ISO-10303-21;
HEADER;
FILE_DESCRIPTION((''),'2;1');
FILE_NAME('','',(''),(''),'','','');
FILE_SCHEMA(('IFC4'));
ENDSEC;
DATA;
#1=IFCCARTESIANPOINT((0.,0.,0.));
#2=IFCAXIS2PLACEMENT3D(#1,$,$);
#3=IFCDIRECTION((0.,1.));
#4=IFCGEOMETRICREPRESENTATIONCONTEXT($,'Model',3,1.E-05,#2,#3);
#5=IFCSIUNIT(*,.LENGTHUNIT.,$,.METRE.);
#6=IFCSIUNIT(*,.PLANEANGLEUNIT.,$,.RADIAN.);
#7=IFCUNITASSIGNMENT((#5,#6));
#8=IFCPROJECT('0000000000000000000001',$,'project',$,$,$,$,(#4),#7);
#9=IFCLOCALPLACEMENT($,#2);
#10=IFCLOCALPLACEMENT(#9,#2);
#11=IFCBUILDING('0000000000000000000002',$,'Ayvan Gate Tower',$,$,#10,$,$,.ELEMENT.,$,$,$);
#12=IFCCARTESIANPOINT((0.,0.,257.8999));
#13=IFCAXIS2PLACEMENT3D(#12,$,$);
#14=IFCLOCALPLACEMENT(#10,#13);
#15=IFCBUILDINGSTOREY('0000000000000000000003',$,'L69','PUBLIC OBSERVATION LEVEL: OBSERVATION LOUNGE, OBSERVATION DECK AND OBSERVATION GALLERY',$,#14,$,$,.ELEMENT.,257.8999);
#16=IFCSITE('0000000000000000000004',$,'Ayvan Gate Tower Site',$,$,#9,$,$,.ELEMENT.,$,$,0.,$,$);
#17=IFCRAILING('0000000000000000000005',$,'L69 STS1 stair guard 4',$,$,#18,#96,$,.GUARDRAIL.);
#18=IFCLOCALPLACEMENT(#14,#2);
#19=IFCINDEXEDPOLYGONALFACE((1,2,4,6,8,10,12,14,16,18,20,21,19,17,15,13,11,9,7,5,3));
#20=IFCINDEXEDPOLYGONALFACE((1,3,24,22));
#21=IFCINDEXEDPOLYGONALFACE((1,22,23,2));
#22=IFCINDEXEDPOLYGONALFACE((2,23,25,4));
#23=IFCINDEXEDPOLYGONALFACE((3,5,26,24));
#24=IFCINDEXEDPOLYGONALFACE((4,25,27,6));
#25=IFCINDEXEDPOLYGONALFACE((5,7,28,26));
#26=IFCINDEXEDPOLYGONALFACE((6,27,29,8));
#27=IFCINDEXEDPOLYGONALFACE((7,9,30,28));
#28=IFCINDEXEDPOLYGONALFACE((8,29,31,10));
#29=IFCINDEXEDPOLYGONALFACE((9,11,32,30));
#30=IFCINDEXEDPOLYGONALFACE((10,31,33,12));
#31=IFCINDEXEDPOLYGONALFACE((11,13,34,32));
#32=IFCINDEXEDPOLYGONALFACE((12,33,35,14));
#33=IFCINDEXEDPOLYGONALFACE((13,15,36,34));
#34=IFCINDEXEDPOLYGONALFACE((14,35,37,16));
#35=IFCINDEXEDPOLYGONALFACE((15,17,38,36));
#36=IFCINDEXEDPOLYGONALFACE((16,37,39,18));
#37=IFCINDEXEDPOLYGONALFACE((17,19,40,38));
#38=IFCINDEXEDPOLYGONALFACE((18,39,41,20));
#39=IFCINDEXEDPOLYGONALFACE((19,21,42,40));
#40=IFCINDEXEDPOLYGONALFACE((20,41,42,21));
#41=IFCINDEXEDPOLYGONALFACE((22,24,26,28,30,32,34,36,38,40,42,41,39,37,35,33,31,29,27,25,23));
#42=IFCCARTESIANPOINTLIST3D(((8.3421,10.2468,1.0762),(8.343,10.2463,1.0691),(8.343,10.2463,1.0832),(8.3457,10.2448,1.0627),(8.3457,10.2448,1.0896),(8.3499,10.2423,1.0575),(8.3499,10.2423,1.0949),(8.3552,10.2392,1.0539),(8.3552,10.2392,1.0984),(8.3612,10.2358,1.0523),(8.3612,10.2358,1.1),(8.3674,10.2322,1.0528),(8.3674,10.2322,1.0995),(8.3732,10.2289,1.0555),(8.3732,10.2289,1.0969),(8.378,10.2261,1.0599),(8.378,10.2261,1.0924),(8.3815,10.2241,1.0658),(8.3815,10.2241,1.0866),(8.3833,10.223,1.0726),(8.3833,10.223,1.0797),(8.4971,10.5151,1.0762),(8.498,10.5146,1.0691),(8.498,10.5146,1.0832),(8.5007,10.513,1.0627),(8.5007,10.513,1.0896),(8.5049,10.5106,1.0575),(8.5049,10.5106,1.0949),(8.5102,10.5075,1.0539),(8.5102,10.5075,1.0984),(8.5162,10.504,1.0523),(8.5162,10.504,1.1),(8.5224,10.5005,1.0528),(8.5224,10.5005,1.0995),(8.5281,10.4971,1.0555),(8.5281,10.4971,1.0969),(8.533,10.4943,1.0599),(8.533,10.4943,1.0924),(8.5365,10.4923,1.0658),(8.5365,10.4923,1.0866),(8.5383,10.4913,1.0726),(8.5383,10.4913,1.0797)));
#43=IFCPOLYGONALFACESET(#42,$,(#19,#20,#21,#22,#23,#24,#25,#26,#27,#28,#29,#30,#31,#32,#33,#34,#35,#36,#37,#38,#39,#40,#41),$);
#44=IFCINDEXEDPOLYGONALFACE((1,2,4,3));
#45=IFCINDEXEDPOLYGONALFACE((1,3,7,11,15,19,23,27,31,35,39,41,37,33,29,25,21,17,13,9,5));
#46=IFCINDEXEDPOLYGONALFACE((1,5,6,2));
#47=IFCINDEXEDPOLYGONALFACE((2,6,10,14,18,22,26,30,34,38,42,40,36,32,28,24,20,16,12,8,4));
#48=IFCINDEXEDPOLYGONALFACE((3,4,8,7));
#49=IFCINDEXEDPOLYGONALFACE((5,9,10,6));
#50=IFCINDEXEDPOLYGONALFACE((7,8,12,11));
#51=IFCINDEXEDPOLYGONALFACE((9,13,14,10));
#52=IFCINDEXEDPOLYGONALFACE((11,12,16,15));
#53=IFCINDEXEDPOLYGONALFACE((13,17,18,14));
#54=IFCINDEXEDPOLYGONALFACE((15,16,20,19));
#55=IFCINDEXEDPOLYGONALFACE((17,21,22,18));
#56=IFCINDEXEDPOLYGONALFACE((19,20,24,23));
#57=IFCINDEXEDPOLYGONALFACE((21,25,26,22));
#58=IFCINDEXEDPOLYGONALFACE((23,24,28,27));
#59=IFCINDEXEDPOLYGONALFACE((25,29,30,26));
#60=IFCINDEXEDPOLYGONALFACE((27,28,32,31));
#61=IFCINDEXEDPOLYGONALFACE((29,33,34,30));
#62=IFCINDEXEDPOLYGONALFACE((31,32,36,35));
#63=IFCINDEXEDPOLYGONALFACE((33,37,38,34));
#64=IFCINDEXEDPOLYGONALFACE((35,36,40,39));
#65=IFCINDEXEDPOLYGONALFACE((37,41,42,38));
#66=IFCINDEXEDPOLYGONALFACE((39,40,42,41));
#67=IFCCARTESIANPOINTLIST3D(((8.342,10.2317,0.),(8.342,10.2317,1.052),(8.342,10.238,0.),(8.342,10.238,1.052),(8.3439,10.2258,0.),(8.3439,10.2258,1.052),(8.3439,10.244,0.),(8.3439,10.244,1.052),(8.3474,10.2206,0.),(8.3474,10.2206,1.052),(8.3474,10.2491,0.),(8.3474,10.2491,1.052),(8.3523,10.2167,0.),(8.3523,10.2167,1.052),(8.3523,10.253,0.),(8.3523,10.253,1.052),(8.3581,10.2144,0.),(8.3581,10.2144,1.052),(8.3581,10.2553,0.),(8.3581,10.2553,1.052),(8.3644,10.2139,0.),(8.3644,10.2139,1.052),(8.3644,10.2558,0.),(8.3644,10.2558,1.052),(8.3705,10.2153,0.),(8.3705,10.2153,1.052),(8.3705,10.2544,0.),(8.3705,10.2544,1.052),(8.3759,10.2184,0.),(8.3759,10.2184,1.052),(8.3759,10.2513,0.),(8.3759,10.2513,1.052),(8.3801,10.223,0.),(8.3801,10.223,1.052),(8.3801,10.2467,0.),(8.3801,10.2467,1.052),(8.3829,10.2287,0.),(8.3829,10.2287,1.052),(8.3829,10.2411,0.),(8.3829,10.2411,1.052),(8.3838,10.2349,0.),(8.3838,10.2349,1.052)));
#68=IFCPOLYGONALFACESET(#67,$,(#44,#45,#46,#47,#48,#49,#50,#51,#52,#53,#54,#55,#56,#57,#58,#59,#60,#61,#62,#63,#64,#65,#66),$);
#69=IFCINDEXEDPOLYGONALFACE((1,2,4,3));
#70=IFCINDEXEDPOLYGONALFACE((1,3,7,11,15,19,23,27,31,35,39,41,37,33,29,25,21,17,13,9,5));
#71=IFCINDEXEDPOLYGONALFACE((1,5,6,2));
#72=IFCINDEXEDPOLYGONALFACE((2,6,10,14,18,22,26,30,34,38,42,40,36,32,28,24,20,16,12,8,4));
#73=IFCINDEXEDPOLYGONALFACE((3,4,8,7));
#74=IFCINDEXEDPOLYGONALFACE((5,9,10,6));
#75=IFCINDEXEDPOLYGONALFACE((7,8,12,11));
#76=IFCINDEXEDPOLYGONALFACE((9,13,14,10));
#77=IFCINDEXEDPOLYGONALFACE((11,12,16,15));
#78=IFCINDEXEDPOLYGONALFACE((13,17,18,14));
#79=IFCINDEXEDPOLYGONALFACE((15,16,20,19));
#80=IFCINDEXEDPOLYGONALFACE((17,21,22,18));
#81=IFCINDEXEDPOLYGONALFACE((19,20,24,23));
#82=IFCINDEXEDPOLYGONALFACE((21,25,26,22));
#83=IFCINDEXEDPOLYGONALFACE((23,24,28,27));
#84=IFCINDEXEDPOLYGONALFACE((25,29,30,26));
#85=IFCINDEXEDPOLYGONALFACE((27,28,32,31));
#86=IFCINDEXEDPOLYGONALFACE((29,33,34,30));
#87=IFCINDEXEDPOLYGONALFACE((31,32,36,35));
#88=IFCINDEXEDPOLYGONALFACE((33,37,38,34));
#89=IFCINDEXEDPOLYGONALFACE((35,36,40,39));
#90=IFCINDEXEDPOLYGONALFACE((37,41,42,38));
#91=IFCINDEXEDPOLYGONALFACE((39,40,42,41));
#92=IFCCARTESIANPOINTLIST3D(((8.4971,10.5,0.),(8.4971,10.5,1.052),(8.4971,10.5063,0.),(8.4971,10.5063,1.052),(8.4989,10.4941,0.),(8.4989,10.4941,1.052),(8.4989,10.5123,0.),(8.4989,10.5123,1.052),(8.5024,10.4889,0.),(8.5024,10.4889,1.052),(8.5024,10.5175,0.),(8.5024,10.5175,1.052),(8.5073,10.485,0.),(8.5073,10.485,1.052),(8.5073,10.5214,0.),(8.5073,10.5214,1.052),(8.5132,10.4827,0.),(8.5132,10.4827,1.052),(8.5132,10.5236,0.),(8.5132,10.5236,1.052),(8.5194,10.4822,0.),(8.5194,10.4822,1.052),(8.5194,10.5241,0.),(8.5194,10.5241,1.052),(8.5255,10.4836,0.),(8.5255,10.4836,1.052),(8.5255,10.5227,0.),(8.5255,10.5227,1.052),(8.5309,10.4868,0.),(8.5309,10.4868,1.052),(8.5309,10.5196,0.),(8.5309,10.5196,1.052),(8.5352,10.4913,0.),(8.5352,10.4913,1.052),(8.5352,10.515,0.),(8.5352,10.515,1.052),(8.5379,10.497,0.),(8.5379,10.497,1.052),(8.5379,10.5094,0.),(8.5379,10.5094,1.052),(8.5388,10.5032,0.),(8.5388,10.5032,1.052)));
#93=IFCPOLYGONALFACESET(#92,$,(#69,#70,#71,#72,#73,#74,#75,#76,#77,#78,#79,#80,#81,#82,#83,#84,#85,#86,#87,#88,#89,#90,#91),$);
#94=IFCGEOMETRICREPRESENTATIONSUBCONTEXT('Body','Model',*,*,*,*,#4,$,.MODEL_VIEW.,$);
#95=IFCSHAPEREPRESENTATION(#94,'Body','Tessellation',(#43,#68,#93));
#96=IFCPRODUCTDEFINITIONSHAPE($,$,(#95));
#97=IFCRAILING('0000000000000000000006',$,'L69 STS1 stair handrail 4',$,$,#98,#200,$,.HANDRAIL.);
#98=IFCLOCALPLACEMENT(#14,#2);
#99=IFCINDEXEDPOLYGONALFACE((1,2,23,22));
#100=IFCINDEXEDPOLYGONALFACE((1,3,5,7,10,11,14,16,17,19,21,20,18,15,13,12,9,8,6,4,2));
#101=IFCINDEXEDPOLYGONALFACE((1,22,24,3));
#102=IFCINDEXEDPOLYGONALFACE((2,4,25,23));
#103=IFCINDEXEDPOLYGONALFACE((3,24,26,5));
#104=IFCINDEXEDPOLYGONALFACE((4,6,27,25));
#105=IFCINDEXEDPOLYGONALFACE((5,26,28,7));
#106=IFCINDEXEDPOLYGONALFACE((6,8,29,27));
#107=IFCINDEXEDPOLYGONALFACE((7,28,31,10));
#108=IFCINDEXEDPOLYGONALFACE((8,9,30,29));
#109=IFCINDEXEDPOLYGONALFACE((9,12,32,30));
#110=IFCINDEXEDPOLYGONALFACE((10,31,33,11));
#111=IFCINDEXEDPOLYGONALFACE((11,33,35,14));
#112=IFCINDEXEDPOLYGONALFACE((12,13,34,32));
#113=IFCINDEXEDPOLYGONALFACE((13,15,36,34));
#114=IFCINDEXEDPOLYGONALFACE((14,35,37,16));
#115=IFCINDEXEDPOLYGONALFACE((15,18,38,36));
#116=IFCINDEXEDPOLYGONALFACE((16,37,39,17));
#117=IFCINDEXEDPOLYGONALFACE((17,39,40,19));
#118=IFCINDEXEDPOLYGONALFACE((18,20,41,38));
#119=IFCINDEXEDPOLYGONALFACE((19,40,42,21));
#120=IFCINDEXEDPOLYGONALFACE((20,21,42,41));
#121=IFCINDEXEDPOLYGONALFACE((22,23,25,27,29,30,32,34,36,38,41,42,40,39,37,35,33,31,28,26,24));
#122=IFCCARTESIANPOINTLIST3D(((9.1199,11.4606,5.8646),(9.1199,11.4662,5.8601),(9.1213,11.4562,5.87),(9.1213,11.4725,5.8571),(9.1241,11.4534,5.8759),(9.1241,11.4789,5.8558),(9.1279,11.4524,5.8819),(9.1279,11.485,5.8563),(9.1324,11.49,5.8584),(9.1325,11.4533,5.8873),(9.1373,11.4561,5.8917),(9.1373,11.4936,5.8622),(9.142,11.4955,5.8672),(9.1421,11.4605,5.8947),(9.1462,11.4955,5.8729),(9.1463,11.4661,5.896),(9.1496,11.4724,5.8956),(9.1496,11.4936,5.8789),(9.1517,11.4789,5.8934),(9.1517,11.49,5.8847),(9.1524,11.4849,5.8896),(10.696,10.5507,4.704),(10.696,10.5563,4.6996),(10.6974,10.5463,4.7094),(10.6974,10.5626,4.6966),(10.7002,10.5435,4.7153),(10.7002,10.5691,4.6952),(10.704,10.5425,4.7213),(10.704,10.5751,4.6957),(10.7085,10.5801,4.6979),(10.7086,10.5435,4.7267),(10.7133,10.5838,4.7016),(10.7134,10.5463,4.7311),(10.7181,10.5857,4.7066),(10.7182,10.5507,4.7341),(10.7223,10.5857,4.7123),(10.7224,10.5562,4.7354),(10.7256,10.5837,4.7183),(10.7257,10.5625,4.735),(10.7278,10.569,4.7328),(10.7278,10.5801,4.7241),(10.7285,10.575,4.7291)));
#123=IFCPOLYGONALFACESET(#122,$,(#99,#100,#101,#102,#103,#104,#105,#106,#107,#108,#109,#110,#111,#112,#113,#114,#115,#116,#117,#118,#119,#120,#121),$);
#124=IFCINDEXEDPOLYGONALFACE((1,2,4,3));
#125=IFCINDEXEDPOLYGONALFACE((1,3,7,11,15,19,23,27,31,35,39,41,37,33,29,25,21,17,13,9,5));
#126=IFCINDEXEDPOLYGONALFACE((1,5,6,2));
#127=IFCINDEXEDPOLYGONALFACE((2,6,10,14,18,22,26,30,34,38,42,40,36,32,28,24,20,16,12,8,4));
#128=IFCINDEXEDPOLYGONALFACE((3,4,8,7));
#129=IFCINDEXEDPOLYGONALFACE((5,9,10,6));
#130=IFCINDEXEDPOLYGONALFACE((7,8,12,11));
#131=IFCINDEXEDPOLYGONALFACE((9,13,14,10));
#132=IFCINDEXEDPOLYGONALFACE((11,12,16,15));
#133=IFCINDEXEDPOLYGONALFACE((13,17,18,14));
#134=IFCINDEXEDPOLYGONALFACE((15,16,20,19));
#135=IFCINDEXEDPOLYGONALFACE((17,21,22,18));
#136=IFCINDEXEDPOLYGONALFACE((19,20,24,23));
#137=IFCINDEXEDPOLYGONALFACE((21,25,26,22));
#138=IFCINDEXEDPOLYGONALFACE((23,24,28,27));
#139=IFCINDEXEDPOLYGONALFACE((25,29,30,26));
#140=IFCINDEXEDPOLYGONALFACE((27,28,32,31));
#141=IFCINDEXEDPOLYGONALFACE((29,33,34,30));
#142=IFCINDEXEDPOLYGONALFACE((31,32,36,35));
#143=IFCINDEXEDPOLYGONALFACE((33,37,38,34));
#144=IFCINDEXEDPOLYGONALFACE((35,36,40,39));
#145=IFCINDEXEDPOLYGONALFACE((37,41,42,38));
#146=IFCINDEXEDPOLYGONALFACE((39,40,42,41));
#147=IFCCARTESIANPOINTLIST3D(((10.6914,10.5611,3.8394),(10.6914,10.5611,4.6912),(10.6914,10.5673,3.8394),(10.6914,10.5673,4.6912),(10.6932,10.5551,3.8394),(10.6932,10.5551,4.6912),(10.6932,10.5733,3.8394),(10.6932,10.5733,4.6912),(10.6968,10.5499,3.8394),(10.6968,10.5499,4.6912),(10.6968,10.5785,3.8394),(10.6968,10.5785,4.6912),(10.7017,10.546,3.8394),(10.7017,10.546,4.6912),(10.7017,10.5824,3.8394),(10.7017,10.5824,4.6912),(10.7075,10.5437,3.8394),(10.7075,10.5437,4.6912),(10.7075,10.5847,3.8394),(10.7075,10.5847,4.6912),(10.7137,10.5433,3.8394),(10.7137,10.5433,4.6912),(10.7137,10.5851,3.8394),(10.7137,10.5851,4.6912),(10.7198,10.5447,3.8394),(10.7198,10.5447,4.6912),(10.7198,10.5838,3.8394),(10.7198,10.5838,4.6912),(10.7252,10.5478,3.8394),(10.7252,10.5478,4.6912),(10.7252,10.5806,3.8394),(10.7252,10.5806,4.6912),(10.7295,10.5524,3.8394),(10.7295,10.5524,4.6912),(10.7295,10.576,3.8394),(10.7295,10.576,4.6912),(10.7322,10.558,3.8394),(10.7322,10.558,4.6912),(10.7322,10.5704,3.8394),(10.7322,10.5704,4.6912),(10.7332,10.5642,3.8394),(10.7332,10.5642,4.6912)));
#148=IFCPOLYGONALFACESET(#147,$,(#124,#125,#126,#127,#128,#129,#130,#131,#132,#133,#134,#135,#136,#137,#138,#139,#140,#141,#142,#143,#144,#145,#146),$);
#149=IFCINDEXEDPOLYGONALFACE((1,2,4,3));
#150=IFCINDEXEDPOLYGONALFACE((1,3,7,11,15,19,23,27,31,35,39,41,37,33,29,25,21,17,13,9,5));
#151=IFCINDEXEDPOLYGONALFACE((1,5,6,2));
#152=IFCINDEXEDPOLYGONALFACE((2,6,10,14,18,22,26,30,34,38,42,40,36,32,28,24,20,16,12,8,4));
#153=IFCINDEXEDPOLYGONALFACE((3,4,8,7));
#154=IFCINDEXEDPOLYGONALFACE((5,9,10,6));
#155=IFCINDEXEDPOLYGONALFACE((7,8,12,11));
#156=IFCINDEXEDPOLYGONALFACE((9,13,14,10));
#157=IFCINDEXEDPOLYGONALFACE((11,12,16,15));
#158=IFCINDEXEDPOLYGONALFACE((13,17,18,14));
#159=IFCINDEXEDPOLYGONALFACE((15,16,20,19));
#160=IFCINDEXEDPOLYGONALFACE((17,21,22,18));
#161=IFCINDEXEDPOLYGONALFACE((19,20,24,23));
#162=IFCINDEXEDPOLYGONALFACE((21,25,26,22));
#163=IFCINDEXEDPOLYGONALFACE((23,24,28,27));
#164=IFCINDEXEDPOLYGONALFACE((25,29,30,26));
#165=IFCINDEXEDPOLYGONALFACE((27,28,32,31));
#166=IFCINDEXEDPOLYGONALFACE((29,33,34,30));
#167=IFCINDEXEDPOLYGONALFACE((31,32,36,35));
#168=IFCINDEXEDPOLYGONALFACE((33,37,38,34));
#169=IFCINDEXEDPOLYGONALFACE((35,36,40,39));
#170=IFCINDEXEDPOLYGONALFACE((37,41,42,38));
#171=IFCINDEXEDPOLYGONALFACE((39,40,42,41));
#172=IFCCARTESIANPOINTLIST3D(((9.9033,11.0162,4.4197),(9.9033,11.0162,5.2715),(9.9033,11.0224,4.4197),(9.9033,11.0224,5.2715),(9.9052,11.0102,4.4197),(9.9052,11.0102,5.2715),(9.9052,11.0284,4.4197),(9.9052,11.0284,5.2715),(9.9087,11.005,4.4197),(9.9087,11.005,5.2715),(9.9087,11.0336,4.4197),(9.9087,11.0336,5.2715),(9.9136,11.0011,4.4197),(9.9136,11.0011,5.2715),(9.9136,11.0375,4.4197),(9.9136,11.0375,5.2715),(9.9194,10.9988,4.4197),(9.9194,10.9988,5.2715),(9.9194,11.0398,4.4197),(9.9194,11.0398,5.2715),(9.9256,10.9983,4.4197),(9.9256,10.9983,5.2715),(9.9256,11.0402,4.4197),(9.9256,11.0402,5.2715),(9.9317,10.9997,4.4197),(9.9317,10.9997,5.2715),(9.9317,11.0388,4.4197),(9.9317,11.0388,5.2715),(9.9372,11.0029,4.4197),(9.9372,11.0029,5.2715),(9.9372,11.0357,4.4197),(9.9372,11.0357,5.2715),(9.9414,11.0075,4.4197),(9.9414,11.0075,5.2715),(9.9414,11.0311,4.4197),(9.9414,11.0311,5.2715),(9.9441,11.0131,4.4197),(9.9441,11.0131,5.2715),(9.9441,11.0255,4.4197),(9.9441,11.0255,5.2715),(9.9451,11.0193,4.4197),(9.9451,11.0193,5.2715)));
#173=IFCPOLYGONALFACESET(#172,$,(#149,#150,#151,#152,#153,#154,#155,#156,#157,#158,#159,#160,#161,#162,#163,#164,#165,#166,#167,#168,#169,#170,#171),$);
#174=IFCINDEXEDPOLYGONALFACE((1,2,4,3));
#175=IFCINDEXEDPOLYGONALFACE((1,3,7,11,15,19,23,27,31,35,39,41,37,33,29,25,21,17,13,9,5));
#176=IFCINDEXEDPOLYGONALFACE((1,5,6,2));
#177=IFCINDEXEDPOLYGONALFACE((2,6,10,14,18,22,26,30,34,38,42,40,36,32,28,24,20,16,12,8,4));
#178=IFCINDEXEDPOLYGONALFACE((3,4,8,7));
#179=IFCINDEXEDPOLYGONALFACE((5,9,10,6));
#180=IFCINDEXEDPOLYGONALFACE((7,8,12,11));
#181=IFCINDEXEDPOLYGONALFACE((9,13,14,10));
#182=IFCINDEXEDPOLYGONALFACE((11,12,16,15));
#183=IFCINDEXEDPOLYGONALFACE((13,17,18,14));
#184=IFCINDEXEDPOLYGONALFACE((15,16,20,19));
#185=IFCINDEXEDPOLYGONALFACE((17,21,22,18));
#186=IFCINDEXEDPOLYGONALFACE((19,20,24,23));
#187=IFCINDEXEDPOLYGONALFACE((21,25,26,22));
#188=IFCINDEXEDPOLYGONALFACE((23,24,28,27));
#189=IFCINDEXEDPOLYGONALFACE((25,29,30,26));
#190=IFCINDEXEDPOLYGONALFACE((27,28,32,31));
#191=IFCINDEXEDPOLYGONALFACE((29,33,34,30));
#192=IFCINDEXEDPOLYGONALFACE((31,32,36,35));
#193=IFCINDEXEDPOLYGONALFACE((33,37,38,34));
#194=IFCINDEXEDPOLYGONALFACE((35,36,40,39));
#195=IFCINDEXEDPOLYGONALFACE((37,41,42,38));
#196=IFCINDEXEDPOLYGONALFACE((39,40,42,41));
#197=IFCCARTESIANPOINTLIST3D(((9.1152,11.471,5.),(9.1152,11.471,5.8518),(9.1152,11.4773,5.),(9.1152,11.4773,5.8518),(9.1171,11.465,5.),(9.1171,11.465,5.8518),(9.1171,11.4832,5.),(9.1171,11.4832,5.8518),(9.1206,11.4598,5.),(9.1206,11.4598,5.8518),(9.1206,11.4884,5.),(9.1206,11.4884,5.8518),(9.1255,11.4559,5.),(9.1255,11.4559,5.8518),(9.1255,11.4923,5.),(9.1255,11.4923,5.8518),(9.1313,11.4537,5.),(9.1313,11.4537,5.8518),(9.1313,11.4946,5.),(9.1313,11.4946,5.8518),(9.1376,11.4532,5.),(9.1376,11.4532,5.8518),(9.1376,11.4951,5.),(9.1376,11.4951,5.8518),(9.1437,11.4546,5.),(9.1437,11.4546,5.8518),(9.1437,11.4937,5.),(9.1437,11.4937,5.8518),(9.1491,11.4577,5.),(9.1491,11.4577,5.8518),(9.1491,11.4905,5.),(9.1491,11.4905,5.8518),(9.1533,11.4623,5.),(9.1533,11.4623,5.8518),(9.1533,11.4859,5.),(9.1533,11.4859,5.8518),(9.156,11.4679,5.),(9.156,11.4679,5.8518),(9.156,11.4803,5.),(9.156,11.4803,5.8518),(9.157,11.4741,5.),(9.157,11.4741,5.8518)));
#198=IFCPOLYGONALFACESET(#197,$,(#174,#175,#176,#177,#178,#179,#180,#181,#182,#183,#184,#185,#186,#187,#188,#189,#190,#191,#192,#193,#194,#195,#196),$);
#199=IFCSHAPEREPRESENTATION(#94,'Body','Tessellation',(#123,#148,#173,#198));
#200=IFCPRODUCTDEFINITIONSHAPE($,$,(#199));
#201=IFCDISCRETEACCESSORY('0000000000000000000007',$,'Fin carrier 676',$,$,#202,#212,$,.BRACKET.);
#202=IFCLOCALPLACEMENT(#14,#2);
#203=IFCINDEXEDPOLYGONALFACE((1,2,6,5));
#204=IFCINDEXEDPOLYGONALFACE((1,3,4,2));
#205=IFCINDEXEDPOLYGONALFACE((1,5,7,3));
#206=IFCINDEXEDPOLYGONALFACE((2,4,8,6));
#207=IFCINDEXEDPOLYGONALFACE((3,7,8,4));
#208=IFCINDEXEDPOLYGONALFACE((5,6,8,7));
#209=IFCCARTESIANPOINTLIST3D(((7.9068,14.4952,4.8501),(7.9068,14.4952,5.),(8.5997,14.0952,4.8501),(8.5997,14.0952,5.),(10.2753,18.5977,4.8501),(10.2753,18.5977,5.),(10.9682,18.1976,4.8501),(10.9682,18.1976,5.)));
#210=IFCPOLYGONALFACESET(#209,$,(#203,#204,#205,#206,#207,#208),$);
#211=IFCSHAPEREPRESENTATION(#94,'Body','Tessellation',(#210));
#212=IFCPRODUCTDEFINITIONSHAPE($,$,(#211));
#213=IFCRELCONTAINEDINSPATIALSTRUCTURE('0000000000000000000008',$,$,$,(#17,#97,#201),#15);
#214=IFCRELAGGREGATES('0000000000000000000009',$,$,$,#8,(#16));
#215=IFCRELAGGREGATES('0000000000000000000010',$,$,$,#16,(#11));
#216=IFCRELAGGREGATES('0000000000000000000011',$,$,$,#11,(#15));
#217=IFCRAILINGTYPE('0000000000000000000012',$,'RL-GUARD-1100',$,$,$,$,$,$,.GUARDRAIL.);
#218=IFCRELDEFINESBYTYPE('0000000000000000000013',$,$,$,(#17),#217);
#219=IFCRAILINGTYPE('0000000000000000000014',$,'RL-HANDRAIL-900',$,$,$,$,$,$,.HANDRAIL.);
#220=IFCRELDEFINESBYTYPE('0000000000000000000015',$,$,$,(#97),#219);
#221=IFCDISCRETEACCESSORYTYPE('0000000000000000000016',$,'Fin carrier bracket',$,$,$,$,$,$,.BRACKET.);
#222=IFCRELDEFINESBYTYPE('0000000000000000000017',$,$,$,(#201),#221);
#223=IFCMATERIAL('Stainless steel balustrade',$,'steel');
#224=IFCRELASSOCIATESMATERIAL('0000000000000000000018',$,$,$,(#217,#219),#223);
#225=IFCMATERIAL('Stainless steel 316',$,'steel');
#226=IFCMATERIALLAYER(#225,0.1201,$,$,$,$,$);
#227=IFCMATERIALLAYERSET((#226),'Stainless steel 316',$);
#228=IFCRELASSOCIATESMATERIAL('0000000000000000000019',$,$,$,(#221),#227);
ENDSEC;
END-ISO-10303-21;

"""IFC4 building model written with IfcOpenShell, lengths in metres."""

from ifc_helpers import new_model, si_unit, direction, frame, origin, origin_2d, place, context, subcontext, project, spatial, rectangle, circle, extrude, material, layer, layer_set, type_object, element, save


model = new_model("IFC4")

# Units and contexts
model_context = context("Model", 3, precision=1e-05, world=origin(), true_north=direction((0.0, 1.0)))
body_context = subcontext(model_context, "Body", "Model", "MODEL_VIEW")
ifc_project = project(units=[si_unit("LENGTHUNIT", "METRE"), si_unit("PLANEANGLEUNIT", "RADIAN")], contexts=[model_context])

# Site, building, storey
site_placement = place(None, origin())
site = spatial("IfcSite", under=ifc_project, at=site_placement, Name="Ayvan Gate Tower Site", CompositionType="ELEMENT", RefElevation=0.0)
building_placement = place(site_placement, origin())
building = spatial("IfcBuilding", under=site, at=building_placement, Name="Ayvan Gate Tower", CompositionType="ELEMENT")
storey_placement = place(building_placement, frame((0.0, 0.0, 257.8999)))
storey = spatial("IfcBuildingStorey", under=building, at=storey_placement, Name="L69", Description="PUBLIC OBSERVATION LEVEL: OBSERVATION LOUNGE, OBSERVATION DECK AND OBSERVATION GALLERY", CompositionType="ELEMENT", Elevation=257.8999)

# Railings
ifc_material_1 = material(Name="Stainless steel balustrade", Category="steel")
railing_type_1 = type_object("IfcRailingType", Name="RL-GUARD-1100", PredefinedType="GUARDRAIL", material=ifc_material_1)
railing_1_placement = place(storey_placement, frame((8.3628, 10.2349, 0.0)))
element("IfcRailing", 1, at=railing_1_placement, inside=storey, type_object=railing_type_1, Name="L69 STS1 stair guard 4", PredefinedType="GUARDRAIL", context=body_context, shape_type="SweptSolid", body=[
    extrude(circle(Radius=0.0239, at=origin_2d()), frame((0.0, 0.0, 1.0762), z_axis=(0.500291, 0.865857, 0.0), x_axis=(-0.865857, 0.500291, 0.0)), (0.0, 0.0, 1.0), 0.3098),
    extrude(circle(Radius=0.021, at=origin_2d()), origin(), (0.0, 0.0, 1.0), 1.052),
    extrude(circle(Radius=0.021, at=origin_2d()), frame((0.155, 0.2683, 0.0)), (0.0, 0.0, 1.0), 1.052),
])
railing_type_2 = type_object("IfcRailingType", Name="RL-HANDRAIL-900", PredefinedType="HANDRAIL", material=ifc_material_1)
railing_2_placement = place(storey_placement, frame((10.7122, 10.5642, 3.8394)))
element("IfcRailing", 2, at=railing_2_placement, inside=storey, type_object=railing_type_2, Name="L69 STS1 stair handrail 4", PredefinedType="HANDRAIL", context=body_context, shape_type="SweptSolid", body=[
    extrude(circle(Radius=0.0239, at=origin_2d()), frame((0.0, 0.0, 0.876), z_axis=(-0.730198, 0.421538, 0.537695), x_axis=(-0.499962, -0.866047, 0.0)), (0.0, 0.0, 1.0), 2.1584),
    extrude(circle(Radius=0.021, at=origin_2d()), origin(), (0.0, 0.0, 1.0), 0.8518),
    extrude(circle(Radius=0.021, at=origin_2d()), frame((-0.7881, 0.4551, 0.5803)), (0.0, 0.0, 1.0), 0.8518),
    extrude(circle(Radius=0.021, at=origin_2d()), frame((-1.5762, 0.9099, 1.1606)), (0.0, 0.0, 1.0), 0.8518),
])

# Discrete accessory
ifc_material_2 = material(Name="Stainless steel 316", Category="steel")
ifc_layer_1 = layer(ifc_material_2, 0.1201)
ifc_layer_set_1 = layer_set([ifc_layer_1], Name="Stainless steel 316")
discrete_accessory_type = type_object("IfcDiscreteAccessoryType", Name="Fin carrier bracket", PredefinedType="BRACKET", material=ifc_layer_set_1)
discrete_accessory_1_placement = place(storey_placement, frame((9.4375, 16.3464, 4.8501), z_axis=(0.0, 0.0, 1.0), x_axis=(-0.866025, 0.5, 0.0)))
element("IfcDiscreteAccessory", 3, at=discrete_accessory_1_placement, inside=storey, type_object=discrete_accessory_type, Name="Fin carrier 676", PredefinedType="BRACKET", context=body_context, shape_type="SweptSolid", body=[
    extrude(rectangle(XDim=0.8, YDim=4.7371, at=origin_2d()), origin(), (0.0, 0.0, 1.0), 0.1499),
])

save(model, "model.ifc")
